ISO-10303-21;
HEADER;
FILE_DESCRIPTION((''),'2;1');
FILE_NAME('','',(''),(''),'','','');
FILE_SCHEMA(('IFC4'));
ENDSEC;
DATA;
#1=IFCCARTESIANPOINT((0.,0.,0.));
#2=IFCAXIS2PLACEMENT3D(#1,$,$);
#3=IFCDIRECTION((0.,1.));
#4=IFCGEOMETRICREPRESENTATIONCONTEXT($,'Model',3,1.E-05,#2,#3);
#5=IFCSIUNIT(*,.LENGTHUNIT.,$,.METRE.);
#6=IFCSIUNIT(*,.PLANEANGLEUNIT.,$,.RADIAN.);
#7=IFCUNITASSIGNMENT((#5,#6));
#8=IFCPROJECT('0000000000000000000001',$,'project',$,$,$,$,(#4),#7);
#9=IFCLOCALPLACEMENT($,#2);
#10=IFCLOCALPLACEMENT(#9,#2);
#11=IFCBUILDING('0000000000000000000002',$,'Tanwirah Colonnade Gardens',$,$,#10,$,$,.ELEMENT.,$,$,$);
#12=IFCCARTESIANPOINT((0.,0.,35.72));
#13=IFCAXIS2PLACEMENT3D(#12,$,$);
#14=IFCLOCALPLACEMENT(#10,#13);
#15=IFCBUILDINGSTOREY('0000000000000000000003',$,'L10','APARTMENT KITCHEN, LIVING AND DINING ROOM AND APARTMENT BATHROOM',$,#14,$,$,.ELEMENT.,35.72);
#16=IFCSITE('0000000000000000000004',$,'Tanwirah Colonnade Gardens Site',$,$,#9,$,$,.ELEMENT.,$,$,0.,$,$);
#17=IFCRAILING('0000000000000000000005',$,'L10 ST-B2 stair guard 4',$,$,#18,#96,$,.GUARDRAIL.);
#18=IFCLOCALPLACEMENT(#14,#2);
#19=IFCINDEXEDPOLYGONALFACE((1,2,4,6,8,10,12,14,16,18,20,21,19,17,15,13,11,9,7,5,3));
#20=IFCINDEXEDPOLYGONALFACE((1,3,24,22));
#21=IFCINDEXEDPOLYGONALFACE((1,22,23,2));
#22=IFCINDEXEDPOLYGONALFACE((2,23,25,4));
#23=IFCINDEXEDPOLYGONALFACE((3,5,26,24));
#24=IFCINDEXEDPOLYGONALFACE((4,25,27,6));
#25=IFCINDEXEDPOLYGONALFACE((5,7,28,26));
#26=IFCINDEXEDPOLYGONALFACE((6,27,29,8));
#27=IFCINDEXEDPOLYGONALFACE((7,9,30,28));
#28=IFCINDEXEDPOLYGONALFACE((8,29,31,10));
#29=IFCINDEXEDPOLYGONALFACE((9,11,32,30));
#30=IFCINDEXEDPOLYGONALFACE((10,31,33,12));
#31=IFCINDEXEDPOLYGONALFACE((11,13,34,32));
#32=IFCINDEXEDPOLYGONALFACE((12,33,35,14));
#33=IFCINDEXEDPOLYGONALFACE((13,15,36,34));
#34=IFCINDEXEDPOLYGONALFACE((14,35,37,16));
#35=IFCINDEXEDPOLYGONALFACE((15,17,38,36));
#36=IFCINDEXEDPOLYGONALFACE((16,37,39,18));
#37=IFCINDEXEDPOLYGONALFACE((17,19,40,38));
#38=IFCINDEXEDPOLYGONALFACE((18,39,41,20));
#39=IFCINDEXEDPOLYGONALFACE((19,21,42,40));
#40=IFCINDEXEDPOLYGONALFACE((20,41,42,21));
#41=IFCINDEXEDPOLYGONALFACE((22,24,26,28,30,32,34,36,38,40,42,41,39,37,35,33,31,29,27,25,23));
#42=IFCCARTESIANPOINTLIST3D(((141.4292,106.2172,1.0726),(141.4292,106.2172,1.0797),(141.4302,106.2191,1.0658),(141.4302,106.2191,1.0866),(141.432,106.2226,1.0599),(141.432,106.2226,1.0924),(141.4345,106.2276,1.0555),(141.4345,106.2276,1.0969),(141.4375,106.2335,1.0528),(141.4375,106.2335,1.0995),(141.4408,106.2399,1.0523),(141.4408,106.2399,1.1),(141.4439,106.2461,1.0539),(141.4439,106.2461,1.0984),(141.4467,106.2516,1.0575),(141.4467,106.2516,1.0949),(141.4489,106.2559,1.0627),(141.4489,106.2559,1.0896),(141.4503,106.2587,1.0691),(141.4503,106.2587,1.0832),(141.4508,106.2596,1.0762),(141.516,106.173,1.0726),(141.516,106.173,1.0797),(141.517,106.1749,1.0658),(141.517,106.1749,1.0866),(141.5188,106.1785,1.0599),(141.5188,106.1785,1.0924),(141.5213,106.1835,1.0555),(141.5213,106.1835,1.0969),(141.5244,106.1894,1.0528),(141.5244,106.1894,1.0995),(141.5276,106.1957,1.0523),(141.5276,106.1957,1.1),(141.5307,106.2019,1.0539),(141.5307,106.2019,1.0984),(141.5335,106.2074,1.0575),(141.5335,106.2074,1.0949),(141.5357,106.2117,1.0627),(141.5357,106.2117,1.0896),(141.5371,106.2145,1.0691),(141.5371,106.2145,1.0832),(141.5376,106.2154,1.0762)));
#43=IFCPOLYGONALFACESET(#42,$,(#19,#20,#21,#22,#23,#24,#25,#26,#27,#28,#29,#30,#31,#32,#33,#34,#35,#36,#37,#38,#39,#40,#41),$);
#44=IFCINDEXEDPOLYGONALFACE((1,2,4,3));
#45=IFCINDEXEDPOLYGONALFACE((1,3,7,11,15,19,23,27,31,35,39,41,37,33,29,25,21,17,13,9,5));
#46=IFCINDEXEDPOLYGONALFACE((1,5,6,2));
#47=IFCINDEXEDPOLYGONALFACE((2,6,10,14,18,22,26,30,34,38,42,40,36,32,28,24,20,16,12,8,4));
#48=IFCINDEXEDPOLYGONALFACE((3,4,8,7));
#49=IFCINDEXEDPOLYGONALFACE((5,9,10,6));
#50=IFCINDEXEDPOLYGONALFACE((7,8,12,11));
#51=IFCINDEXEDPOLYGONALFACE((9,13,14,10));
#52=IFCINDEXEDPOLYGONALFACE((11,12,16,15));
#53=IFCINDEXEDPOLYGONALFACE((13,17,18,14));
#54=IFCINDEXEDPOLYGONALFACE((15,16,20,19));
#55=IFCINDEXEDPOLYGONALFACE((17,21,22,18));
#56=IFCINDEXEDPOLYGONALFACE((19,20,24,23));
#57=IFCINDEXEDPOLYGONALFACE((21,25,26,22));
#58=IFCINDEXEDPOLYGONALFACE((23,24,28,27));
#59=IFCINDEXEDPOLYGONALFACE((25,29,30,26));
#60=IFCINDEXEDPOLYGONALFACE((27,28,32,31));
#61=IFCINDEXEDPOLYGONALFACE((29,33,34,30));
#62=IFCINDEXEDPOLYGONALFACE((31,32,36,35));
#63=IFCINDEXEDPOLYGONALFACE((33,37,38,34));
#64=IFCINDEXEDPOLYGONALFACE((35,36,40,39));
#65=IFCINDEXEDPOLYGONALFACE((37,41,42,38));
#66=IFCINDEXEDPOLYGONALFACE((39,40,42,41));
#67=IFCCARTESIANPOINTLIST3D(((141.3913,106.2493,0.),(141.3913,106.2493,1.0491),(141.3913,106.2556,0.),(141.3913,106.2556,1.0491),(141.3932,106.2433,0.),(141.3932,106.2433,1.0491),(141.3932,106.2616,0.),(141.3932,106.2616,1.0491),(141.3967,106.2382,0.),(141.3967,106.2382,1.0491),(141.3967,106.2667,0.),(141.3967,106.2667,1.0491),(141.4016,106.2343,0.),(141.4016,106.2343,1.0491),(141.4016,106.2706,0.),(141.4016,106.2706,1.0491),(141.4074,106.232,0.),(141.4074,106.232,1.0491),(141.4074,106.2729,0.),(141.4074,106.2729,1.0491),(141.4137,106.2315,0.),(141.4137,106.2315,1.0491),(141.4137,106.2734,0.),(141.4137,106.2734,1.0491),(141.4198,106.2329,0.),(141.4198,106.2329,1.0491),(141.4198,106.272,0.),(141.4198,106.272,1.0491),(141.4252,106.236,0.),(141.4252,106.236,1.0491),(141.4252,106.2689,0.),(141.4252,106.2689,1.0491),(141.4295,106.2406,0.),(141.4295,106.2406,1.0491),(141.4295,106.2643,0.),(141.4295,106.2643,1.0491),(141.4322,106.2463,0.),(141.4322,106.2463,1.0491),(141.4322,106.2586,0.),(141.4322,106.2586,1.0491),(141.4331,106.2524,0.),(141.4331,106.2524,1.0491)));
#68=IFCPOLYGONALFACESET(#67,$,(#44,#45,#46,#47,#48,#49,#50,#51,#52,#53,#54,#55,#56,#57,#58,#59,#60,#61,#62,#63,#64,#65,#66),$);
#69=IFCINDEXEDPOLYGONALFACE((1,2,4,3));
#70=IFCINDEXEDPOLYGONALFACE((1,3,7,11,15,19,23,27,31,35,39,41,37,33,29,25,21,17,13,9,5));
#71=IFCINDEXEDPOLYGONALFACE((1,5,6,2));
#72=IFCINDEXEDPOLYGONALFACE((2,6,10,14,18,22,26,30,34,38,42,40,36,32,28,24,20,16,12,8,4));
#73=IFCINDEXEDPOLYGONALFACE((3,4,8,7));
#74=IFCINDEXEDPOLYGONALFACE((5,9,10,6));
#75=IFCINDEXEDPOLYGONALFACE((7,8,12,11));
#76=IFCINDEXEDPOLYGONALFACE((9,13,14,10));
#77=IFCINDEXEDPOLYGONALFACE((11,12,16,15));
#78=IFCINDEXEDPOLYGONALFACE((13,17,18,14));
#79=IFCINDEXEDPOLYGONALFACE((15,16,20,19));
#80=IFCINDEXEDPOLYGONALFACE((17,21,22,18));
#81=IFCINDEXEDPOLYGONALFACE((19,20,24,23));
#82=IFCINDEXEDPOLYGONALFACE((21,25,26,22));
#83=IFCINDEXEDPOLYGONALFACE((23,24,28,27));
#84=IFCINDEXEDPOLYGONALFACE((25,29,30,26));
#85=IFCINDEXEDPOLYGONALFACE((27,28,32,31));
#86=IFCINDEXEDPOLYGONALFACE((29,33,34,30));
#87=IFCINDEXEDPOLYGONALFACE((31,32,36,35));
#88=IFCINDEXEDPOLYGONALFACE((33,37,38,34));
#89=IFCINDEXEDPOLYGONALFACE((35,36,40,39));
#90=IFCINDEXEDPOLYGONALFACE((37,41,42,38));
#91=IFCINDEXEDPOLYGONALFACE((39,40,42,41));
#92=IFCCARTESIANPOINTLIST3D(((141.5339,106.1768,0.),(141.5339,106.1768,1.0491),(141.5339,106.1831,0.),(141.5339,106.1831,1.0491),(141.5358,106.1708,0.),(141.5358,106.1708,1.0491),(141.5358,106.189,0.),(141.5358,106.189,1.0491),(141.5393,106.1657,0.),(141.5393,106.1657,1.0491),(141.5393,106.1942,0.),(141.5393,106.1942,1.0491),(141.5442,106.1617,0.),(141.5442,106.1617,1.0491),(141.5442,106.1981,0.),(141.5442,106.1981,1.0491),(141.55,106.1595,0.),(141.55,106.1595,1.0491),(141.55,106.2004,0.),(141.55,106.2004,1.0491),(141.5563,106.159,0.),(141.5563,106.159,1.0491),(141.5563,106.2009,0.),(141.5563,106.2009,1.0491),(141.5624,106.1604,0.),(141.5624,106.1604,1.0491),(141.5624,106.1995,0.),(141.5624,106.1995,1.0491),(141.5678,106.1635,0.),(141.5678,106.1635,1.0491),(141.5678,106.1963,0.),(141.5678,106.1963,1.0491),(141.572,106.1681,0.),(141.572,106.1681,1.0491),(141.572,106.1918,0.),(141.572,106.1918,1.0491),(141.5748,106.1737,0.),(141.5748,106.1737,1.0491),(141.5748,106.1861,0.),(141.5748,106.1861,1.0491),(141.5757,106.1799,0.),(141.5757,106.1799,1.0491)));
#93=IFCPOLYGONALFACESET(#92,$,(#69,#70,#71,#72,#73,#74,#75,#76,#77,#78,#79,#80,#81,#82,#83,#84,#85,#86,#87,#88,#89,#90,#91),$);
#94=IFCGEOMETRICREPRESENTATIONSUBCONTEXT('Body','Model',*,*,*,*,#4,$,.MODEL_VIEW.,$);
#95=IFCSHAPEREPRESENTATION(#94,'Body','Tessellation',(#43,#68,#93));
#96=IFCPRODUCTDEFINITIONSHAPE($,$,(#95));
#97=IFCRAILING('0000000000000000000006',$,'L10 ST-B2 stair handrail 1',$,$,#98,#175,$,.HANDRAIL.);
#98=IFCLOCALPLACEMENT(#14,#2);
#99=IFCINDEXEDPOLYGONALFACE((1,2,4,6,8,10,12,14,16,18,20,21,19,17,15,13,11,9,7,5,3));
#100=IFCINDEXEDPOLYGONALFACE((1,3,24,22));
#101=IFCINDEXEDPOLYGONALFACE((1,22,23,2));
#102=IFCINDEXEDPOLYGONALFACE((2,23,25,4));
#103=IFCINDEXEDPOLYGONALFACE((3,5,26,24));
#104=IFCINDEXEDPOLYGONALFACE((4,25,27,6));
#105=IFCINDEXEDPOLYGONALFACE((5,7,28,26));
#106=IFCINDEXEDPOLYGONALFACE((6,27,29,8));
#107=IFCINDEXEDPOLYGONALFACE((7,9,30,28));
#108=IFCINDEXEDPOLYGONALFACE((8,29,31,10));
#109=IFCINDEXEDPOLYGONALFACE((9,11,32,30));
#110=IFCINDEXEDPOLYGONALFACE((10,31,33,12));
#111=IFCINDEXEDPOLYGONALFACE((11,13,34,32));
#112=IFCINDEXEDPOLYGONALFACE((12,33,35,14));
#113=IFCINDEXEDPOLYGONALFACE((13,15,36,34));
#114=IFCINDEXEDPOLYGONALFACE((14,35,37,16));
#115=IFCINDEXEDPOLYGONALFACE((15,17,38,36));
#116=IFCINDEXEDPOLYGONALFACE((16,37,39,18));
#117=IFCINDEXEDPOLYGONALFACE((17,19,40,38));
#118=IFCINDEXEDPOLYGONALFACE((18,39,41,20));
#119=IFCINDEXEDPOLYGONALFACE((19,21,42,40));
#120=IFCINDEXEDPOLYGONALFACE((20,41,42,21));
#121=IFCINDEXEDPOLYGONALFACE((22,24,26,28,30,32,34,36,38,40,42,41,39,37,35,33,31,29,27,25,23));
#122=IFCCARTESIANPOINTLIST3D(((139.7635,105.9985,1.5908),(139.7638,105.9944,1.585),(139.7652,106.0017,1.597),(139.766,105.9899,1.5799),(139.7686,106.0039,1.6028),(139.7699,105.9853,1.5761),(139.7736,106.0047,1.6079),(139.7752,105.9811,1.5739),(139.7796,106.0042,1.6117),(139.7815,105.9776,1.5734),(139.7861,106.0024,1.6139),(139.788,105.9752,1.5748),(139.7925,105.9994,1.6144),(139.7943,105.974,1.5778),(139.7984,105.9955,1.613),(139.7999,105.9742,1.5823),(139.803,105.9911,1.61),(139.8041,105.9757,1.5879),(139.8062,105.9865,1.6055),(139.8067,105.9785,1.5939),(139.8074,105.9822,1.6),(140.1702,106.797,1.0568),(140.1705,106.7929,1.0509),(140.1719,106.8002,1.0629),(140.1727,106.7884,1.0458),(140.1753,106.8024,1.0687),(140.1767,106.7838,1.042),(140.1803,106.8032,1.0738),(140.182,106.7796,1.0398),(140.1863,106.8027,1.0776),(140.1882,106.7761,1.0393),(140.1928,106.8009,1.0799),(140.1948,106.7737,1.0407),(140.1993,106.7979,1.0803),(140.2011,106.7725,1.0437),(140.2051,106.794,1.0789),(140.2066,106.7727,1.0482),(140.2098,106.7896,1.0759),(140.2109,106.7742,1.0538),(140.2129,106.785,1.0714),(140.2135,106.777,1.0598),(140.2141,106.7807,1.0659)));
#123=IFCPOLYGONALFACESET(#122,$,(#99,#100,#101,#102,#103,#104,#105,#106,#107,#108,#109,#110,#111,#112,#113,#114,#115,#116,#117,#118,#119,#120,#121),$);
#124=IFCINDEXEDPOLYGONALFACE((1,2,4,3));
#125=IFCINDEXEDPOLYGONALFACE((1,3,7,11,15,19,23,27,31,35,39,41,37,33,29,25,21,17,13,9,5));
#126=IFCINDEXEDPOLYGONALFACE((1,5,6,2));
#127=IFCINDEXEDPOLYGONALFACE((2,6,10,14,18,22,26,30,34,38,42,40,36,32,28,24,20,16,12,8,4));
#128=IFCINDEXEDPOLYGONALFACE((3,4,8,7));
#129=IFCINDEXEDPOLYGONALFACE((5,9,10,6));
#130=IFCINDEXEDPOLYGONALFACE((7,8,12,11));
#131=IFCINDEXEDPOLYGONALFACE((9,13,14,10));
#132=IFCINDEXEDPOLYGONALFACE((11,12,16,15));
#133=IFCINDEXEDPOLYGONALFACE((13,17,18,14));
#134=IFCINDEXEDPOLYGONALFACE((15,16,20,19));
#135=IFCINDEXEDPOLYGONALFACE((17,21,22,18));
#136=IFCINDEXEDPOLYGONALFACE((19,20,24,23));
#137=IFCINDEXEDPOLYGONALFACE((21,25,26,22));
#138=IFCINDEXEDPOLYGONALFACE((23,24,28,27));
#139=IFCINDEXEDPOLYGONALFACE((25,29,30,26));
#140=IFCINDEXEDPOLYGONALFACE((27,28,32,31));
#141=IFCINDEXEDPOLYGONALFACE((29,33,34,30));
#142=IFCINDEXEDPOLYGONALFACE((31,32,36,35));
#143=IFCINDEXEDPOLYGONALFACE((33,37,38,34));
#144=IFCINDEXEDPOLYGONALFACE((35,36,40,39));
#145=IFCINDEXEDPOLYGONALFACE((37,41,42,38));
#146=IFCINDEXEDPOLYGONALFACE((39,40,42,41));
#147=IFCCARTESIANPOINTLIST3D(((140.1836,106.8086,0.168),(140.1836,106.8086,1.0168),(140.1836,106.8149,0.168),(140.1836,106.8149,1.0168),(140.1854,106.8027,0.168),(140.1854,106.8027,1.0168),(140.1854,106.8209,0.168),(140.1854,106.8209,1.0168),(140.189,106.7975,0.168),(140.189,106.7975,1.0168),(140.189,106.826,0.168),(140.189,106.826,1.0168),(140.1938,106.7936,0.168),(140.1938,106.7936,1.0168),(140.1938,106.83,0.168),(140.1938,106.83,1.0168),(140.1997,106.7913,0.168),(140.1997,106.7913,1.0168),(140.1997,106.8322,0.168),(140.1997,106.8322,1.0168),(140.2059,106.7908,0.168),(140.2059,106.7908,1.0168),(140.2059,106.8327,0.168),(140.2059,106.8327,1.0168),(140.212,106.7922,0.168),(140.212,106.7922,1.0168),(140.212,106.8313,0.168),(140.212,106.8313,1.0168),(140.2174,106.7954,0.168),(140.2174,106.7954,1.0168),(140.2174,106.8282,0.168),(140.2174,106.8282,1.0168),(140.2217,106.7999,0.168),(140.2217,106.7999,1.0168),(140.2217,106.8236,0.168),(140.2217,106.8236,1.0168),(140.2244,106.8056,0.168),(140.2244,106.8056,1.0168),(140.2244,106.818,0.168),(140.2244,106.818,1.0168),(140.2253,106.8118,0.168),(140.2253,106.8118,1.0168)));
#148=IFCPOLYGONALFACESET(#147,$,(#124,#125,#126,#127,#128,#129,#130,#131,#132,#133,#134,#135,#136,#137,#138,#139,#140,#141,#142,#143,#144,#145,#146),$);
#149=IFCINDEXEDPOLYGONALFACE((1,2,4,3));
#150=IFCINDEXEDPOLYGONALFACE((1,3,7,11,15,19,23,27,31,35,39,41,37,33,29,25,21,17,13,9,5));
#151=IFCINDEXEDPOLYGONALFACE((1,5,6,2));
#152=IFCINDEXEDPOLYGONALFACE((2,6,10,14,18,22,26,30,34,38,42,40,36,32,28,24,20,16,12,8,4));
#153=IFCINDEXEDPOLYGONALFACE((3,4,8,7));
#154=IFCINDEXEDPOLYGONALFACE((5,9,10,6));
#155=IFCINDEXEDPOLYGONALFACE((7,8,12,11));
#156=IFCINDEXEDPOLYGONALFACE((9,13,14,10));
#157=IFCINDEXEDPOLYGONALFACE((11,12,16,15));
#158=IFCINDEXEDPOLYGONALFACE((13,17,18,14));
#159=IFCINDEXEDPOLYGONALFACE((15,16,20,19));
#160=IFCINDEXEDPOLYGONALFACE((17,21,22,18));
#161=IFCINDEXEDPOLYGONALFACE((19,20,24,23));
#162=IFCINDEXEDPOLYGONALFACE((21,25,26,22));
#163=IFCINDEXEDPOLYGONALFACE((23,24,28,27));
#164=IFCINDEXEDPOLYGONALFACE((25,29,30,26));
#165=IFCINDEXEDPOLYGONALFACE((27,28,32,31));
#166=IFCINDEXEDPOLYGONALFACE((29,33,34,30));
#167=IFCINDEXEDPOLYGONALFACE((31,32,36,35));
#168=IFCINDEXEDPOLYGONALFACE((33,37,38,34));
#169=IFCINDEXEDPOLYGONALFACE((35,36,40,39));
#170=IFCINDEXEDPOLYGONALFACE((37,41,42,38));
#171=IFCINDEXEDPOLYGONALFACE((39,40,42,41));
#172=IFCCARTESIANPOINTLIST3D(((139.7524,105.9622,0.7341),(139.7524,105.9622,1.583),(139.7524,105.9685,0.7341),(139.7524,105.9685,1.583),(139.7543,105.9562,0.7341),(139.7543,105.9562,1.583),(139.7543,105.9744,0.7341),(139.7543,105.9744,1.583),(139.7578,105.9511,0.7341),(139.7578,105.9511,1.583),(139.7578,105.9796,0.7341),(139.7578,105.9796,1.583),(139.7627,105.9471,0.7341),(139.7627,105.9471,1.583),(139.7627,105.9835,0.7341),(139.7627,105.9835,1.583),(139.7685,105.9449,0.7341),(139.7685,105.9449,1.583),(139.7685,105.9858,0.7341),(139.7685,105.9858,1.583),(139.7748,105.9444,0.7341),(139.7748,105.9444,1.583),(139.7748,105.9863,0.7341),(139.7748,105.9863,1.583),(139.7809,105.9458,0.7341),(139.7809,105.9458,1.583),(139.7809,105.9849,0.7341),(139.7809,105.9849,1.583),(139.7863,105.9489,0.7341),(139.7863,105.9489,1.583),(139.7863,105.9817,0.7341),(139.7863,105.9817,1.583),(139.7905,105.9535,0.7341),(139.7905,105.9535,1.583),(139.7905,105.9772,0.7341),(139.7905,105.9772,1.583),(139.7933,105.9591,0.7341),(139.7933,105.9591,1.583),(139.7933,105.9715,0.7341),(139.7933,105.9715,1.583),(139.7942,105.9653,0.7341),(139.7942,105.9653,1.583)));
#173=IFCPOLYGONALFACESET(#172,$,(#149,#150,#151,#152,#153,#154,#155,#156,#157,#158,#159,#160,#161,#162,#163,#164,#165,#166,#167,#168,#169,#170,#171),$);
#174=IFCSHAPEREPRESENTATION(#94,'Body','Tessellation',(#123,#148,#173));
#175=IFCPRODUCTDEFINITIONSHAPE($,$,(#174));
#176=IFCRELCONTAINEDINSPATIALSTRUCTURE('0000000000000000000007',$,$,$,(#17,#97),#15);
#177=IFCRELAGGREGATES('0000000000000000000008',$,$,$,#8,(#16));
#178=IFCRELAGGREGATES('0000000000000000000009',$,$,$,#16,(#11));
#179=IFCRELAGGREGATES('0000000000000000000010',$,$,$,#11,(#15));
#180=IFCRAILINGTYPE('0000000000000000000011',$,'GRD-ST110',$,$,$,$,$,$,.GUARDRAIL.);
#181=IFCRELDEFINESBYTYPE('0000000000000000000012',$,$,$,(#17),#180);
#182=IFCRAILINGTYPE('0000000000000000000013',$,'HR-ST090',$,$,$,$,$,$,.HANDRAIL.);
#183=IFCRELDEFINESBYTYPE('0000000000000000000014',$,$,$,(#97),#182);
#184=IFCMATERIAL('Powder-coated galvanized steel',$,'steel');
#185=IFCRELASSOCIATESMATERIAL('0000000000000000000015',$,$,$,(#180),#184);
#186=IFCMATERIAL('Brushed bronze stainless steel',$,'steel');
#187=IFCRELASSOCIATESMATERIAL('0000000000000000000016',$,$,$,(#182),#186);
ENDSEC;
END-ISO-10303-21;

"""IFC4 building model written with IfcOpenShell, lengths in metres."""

from ifc_helpers import new_model, si_unit, direction, frame, origin, origin_2d, place, context, subcontext, project, spatial, circle, extrude, material, type_object, element, save


model = new_model("IFC4")

# Units and contexts
model_context = context("Model", 3, precision=1e-05, world=origin(), true_north=direction((0.0, 1.0)))
body_context = subcontext(model_context, "Body", "Model", "MODEL_VIEW")
ifc_project = project(units=[si_unit("LENGTHUNIT", "METRE"), si_unit("PLANEANGLEUNIT", "RADIAN")], contexts=[model_context])

# Site, building, storey
site_placement = place(None, origin())
site = spatial("IfcSite", under=ifc_project, at=site_placement, Name="Tanwirah Colonnade Gardens Site", CompositionType="ELEMENT", RefElevation=0.0)
building_placement = place(site_placement, origin())
building = spatial("IfcBuilding", under=site, at=building_placement, Name="Tanwirah Colonnade Gardens", CompositionType="ELEMENT")
storey_placement = place(building_placement, frame((0.0, 0.0, 35.72)))
storey = spatial("IfcBuildingStorey", under=building, at=storey_placement, Name="L10", Description="APARTMENT KITCHEN, LIVING AND DINING ROOM AND APARTMENT BATHROOM", CompositionType="ELEMENT", Elevation=35.72)

# Railings
ifc_material_1 = material(Name="Powder-coated galvanized steel", Category="steel")
railing_type_1 = type_object("IfcRailingType", Name="GRD-ST110", PredefinedType="GUARDRAIL", material=ifc_material_1)
railing_1_placement = place(storey_placement, frame((141.4121, 106.2524, 0.0)))
element("IfcRailing", 1, at=railing_1_placement, inside=storey, type_object=railing_type_1, Name="L10 ST-B2 stair guard 4", PredefinedType="GUARDRAIL", context=body_context, shape_type="SweptSolid", body=[
    extrude(circle(Radius=0.0239, at=origin_2d()), frame((0.0278, -0.0142, 1.0762), z_axis=(0.891354, -0.453308, 0.0), x_axis=(0.453308, 0.891354, 0.0)), (0.0, 0.0, 1.0), 0.0974),
    extrude(circle(Radius=0.021, at=origin_2d()), origin(), (0.0, 0.0, 1.0), 1.0491),
    extrude(circle(Radius=0.021, at=origin_2d()), frame((0.1426, -0.0725, 0.0)), (0.0, 0.0, 1.0), 1.0491),
])
ifc_material_2 = material(Name="Brushed bronze stainless steel", Category="steel")
railing_type_2 = type_object("IfcRailingType", Name="HR-ST090", PredefinedType="HANDRAIL", material=ifc_material_2)
railing_2_placement = place(storey_placement, frame((140.2043, 106.8118, 0.168)))
element("IfcRailing", 2, at=railing_2_placement, inside=storey, type_object=railing_type_2, Name="L10 ST-B2 stair handrail 1", PredefinedType="HANDRAIL", context=body_context, shape_type="SweptSolid", body=[
    extrude(circle(Radius=0.0239, at=origin_2d()), frame((-0.0122, -0.0239, 0.8918), z_axis=(-0.389886, -0.765422, 0.511974), x_axis=(0.891061, -0.453883, 0.0)), (0.0, 0.0, 1.0), 1.0432),
    extrude(circle(Radius=0.021, at=origin_2d()), origin(), (0.0, 0.0, 1.0), 0.8489),
    extrude(circle(Radius=0.021, at=origin_2d()), frame((-0.4312, -0.8464, 0.5662)), (0.0, 0.0, 1.0), 0.8489),
])

save(model, "model.ifc")
